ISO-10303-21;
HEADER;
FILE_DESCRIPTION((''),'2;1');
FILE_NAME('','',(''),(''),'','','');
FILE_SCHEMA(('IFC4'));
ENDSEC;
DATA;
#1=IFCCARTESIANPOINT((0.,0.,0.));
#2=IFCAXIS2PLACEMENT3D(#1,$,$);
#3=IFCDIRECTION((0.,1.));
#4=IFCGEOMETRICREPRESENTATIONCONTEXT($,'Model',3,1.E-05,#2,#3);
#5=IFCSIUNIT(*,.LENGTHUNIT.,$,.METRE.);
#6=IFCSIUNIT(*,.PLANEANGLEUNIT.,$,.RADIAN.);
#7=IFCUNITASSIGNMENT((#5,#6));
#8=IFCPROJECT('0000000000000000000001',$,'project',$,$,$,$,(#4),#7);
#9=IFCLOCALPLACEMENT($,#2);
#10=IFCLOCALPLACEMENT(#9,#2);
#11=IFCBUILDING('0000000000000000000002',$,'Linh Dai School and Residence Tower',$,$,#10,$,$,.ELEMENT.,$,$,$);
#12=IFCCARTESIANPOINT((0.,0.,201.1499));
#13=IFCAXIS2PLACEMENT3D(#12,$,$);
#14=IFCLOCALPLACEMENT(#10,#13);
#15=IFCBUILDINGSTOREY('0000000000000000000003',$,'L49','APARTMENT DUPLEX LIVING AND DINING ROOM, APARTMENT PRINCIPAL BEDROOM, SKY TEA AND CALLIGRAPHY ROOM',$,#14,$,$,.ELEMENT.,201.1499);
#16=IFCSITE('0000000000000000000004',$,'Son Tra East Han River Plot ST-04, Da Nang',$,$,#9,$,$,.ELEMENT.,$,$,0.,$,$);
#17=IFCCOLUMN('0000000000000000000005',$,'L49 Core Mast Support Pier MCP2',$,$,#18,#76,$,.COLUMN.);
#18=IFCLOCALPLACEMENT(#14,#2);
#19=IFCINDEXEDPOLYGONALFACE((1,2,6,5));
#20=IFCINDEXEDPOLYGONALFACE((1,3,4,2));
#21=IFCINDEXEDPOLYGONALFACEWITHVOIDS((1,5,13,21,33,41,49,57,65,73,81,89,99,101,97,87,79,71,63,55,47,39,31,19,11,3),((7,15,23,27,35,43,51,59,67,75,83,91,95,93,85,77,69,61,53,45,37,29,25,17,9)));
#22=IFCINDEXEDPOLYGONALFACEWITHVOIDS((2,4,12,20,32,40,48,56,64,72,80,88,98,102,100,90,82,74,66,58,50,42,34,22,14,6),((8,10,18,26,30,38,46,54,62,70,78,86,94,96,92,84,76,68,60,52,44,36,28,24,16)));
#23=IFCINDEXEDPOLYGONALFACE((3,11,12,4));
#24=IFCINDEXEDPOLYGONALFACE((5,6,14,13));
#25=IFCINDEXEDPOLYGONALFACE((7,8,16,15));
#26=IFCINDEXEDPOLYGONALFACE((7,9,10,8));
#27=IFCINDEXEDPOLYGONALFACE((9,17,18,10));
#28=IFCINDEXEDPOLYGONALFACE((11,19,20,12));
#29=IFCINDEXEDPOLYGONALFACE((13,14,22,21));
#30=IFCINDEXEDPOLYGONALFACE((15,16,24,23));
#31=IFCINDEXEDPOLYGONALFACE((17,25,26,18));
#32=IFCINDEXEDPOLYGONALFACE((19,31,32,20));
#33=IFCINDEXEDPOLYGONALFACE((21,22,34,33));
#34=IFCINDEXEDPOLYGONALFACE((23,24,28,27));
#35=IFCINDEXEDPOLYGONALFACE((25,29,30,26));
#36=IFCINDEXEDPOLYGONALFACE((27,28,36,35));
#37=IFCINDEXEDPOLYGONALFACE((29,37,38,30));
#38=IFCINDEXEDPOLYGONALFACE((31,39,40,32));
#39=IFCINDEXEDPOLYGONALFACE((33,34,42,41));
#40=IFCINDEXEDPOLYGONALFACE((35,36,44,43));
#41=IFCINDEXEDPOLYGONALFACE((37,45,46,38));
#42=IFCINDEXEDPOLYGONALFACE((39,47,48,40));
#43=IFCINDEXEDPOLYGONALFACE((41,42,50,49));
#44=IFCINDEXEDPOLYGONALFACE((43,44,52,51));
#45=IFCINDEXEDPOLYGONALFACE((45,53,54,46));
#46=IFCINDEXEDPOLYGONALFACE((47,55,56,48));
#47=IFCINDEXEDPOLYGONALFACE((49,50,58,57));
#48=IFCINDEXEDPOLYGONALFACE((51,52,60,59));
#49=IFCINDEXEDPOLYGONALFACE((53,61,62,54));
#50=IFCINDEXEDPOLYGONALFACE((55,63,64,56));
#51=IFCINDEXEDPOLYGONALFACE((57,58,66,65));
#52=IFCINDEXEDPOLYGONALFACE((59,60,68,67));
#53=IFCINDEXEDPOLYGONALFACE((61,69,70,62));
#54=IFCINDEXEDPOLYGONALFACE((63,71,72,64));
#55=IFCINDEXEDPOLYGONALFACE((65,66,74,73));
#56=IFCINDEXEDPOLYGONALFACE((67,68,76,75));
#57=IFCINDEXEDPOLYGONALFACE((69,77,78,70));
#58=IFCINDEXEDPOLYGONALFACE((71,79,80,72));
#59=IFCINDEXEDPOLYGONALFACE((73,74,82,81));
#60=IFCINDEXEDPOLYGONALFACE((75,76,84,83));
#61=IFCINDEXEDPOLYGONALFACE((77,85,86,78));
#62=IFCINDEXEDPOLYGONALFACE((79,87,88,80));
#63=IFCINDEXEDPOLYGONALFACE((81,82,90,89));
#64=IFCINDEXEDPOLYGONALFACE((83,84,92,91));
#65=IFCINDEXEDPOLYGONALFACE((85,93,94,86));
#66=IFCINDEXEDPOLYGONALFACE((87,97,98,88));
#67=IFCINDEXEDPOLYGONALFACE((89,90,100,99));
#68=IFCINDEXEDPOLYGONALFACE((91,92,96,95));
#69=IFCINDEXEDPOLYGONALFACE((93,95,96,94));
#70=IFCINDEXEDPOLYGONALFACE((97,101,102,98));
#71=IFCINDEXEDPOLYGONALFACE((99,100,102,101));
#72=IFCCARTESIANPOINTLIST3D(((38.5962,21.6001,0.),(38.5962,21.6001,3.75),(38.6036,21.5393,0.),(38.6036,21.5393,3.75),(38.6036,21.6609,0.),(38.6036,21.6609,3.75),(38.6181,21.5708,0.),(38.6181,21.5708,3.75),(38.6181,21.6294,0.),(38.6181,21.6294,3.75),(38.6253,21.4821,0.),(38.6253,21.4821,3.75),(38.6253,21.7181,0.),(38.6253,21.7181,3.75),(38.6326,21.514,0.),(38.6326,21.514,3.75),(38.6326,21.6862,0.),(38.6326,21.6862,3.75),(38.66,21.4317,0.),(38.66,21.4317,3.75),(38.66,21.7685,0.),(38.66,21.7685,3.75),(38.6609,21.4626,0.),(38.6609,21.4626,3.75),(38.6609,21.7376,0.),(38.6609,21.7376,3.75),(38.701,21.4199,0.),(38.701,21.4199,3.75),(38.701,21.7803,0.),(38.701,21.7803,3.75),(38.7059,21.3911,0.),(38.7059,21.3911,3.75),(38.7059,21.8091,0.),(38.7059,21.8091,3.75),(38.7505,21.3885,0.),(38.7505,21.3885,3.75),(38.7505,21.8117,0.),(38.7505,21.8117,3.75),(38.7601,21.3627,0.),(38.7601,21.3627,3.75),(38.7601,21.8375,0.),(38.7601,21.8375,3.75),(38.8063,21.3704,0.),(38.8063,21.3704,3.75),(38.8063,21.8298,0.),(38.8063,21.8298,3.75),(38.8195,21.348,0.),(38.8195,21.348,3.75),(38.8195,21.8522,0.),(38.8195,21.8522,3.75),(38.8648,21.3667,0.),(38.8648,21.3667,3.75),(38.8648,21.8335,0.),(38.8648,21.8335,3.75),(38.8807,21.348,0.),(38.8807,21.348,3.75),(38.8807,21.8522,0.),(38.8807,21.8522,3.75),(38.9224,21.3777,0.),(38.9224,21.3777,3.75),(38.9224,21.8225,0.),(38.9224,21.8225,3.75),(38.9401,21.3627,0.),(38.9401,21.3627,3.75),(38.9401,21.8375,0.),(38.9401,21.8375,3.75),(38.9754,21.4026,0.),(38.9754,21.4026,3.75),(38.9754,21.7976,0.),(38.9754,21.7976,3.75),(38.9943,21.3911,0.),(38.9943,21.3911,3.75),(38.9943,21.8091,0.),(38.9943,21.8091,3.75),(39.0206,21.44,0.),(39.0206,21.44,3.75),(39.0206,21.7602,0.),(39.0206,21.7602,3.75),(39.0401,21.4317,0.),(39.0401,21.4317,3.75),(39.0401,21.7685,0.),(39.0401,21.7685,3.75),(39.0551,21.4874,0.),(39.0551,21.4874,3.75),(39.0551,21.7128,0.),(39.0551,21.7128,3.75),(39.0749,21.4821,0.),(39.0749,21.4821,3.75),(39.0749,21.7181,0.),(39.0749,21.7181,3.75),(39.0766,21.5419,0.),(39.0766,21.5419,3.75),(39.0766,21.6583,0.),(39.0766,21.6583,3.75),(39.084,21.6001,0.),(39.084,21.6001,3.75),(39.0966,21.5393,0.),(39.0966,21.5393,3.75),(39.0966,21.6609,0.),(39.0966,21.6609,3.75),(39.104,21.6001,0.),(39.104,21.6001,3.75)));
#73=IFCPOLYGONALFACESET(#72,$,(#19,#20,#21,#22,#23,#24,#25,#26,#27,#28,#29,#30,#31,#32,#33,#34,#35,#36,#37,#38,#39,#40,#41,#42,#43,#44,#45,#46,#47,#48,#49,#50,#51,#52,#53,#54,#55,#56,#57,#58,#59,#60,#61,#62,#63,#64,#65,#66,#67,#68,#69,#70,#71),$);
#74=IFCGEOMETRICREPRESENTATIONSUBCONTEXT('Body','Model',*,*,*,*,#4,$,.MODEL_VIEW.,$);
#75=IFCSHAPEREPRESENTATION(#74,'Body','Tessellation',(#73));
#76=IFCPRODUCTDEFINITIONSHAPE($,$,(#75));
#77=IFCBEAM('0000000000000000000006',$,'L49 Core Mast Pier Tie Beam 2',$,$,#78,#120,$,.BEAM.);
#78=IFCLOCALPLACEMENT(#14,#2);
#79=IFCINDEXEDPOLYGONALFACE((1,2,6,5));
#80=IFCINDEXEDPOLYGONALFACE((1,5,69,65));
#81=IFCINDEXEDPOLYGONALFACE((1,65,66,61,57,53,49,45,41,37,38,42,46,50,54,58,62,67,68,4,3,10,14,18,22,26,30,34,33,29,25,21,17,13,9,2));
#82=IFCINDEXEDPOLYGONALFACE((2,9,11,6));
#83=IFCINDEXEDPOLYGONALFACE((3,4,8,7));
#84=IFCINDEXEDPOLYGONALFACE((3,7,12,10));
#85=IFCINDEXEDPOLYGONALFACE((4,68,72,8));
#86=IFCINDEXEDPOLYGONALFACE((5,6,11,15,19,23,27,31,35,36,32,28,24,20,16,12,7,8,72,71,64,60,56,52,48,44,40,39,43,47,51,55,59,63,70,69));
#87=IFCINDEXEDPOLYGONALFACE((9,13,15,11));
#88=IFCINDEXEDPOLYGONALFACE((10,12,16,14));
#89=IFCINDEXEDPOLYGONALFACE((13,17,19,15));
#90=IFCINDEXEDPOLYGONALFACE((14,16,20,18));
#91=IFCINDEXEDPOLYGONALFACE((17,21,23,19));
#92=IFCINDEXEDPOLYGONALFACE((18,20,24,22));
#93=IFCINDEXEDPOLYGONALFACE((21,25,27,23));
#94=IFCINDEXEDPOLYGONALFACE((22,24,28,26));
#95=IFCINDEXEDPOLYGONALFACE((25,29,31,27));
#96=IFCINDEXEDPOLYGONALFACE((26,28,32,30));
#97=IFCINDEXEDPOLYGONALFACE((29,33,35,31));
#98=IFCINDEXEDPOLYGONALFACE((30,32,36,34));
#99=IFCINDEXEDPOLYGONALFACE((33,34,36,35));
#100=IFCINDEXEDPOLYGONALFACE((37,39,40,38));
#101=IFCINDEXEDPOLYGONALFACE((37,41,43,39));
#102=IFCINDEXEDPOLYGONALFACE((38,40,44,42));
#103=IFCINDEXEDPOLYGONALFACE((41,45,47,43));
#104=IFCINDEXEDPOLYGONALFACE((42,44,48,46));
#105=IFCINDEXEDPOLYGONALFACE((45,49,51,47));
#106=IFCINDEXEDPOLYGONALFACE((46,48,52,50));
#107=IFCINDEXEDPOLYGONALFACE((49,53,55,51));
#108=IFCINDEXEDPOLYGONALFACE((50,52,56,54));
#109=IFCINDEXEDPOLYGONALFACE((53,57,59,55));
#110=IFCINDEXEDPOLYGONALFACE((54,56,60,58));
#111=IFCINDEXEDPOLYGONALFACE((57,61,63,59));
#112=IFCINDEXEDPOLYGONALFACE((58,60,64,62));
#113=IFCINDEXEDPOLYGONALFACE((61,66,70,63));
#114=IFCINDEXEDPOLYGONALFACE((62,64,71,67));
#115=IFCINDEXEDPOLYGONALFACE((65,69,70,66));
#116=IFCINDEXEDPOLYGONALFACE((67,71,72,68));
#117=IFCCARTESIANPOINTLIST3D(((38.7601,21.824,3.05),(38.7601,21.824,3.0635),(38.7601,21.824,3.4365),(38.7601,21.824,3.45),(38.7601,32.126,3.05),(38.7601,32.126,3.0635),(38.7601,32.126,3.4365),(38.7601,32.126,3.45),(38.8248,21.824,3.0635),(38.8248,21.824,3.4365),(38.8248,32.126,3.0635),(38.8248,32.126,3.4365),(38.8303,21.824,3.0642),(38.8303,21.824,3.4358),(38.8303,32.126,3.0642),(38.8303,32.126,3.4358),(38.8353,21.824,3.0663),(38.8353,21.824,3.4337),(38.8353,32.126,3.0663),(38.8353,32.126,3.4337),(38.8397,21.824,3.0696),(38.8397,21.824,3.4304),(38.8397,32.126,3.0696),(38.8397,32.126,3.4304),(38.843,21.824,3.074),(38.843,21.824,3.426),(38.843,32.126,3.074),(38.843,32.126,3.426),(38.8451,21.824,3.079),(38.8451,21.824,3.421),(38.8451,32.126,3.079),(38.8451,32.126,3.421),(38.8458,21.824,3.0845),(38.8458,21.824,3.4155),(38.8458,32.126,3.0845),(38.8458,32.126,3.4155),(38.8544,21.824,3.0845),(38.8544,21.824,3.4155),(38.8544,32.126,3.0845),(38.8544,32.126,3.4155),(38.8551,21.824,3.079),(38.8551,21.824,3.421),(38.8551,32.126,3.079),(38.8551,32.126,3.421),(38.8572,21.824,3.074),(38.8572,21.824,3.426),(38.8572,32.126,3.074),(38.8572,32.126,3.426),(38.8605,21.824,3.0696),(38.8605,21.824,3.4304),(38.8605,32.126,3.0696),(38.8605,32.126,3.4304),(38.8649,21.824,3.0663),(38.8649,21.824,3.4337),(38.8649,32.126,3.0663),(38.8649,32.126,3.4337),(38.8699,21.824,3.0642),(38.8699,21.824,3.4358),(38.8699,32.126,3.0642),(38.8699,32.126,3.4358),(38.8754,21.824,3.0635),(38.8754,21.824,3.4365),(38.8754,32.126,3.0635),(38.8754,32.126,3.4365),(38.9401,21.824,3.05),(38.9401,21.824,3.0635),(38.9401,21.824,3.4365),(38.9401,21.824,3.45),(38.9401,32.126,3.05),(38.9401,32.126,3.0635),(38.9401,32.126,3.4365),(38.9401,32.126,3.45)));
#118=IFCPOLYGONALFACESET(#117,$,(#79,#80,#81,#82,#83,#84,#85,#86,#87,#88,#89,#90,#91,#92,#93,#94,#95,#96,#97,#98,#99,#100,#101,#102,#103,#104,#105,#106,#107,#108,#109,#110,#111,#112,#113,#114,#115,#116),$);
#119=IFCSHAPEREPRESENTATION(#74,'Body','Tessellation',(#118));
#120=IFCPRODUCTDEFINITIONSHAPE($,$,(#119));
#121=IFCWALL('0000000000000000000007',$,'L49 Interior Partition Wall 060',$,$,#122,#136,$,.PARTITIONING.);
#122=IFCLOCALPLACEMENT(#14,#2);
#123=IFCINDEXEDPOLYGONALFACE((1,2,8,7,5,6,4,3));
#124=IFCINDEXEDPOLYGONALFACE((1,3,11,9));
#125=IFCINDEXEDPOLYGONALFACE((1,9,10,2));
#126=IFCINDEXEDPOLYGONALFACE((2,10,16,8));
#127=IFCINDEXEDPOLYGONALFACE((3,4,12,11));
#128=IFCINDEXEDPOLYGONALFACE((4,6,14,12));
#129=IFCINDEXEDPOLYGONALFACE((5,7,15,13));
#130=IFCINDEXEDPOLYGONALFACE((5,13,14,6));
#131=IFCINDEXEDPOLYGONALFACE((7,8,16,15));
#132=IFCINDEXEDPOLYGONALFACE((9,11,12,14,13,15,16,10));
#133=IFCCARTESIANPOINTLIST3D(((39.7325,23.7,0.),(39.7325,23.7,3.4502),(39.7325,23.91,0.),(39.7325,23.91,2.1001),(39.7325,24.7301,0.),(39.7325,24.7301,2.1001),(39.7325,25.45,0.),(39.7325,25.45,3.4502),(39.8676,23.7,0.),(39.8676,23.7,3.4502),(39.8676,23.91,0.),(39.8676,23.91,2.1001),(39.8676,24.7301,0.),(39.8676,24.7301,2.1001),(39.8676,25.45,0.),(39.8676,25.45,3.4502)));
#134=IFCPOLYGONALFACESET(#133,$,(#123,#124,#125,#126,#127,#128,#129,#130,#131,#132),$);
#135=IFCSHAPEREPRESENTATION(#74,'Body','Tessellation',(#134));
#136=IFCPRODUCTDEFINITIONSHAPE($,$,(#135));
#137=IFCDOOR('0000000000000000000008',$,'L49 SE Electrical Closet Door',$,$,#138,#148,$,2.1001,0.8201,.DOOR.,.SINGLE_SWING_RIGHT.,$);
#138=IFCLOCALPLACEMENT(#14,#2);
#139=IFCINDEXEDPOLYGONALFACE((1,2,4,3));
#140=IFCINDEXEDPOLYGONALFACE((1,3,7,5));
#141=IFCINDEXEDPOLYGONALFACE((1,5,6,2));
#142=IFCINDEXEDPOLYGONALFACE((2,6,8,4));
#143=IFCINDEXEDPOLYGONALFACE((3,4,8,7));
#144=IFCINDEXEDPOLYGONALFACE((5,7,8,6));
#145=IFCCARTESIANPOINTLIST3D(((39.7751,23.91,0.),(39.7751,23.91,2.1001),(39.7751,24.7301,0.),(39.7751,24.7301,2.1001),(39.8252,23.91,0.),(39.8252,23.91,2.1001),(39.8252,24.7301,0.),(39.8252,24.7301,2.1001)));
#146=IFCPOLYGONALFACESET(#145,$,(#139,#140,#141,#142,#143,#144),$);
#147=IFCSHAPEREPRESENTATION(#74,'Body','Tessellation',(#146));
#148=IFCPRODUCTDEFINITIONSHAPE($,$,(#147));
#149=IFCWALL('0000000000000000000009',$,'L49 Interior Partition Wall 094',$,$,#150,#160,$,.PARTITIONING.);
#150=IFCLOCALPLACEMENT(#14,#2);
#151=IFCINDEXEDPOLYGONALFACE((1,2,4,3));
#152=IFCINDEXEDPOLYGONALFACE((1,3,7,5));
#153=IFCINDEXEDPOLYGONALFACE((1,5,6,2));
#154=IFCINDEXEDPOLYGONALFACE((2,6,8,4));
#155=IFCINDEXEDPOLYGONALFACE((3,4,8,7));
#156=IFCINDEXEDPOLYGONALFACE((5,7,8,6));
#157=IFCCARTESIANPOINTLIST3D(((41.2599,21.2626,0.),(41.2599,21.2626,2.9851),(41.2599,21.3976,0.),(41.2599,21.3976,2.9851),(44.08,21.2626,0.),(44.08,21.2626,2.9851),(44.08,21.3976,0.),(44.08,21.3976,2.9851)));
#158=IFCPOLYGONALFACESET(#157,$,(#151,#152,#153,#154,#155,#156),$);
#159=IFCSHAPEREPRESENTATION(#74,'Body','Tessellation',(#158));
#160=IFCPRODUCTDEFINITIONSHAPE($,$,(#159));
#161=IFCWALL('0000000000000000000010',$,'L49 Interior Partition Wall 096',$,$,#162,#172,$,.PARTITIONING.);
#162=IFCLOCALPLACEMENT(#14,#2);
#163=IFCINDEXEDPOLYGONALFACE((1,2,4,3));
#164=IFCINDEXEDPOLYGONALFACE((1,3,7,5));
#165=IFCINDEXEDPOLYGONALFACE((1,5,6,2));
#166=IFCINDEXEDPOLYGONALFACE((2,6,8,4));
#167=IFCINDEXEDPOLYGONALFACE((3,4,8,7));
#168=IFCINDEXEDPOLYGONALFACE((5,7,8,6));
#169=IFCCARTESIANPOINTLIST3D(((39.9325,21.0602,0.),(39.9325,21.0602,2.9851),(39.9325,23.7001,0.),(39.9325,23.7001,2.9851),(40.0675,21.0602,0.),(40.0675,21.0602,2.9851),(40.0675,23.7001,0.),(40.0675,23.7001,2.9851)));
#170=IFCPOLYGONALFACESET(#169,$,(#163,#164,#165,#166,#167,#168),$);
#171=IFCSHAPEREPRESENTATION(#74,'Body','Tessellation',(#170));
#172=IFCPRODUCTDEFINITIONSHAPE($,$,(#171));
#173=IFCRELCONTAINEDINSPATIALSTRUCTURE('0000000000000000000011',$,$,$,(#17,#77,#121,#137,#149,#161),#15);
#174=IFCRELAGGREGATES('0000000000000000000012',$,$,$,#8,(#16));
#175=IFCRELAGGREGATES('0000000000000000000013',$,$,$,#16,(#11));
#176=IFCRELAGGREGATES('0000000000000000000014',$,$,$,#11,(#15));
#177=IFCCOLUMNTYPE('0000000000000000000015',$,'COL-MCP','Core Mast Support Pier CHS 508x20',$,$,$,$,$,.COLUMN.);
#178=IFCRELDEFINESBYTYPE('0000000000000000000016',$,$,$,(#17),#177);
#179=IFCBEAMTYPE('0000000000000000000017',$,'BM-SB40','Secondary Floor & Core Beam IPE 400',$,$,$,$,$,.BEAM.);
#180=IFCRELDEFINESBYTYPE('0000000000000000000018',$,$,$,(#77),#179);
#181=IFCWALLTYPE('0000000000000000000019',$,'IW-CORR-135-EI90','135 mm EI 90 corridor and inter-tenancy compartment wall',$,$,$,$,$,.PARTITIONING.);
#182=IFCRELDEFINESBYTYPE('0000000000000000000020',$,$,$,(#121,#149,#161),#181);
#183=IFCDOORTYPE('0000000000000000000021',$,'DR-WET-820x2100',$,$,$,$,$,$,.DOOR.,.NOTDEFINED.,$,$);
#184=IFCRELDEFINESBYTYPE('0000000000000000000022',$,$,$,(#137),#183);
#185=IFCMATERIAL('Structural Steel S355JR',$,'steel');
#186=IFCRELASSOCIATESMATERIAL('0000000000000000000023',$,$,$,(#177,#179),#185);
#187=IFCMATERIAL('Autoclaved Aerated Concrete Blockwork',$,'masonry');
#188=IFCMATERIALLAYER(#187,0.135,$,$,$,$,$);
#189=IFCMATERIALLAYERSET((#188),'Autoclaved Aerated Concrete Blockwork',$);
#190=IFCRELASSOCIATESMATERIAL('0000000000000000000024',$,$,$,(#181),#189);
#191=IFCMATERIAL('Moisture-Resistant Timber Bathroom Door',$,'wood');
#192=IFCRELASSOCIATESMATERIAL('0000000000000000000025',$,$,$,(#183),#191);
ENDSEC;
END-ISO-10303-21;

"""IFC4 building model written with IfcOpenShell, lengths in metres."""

from ifc_helpers import new_model, si_unit, direction, frame, frame_2d, origin, origin_2d, place, context, subcontext, project, spatial, rectangle, hollow_circle, i_section, extrude, source, transform, mapped, material, layer, layer_set, material_profile, profile_set, type_object, element, fill, save


model = new_model("IFC4")

# Units and contexts
model_context = context("Model", 3, precision=1e-05, world=origin(), true_north=direction((0.0, 1.0)))
body_context = subcontext(model_context, "Body", "Model", "MODEL_VIEW")
ifc_project = project(units=[si_unit("LENGTHUNIT", "METRE"), si_unit("PLANEANGLEUNIT", "RADIAN")], contexts=[model_context])

# Site, building, storey
site_placement = place(None, origin())
site = spatial("IfcSite", under=ifc_project, at=site_placement, Name="Son Tra East Han River Plot ST-04, Da Nang", CompositionType="ELEMENT", RefElevation=0.0)
building_placement = place(site_placement, origin())
building = spatial("IfcBuilding", under=site, at=building_placement, Name="Linh Dai School and Residence Tower", CompositionType="ELEMENT")
storey_placement = place(building_placement, frame((0.0, 0.0, 201.1499)))
storey = spatial("IfcBuildingStorey", under=building, at=storey_placement, Name="L49", Description="APARTMENT DUPLEX LIVING AND DINING ROOM, APARTMENT PRINCIPAL BEDROOM, SKY TEA AND CALLIGRAPHY ROOM", CompositionType="ELEMENT", Elevation=201.1499)

# Column
ifc_material_1 = material(Name="Structural Steel S355JR", Category="steel")
ifc_material_profile_1 = material_profile(ifc_material_1, hollow_circle(Radius=0.2539, WallThickness=0.02, at=origin_2d()), Name="CHS 508x20")
ifc_profile_set_1 = profile_set([ifc_material_profile_1], Name="Structural Steel S355JR")
column_type_1 = type_object("IfcColumnType", Name="COL-MCP", Description="Core Mast Support Pier CHS 508x20", PredefinedType="COLUMN", material=ifc_profile_set_1)
column_placement = place(storey_placement, frame((38.8501, 21.6001, 0.0), z_axis=(0.0, 0.0, 1.0), x_axis=(1.0, 0.0, 0.0)))
element("IfcColumn", 1, at=column_placement, inside=storey, type_object=column_type_1, Name="L49 Core Mast Support Pier MCP2", PredefinedType="COLUMN", context=body_context, shape_type="SweptSolid", body=[
    extrude(hollow_circle(Radius=0.2539, WallThickness=0.02, at=origin_2d()), origin(), (0.0, 0.0, 1.0), 3.75),
])

# Beam
ifc_material_profile_2 = material_profile(ifc_material_1, i_section(OverallWidth=0.1799, OverallDepth=0.3999, WebThickness=0.0085, FlangeThickness=0.0134, FilletRadius=0.021, at=origin_2d()), Name="IPE 400")
ifc_profile_set_2 = profile_set([ifc_material_profile_2], Name="Structural Steel S355JR")
beam_type = type_object("IfcBeamType", Name="BM-SB40", Description="Secondary Floor & Core Beam IPE 400", PredefinedType="BEAM", material=ifc_profile_set_2)
beam_placement = place(storey_placement, frame((38.8501, 21.824, 3.25), z_axis=(0.0, 1.0, 0.0), x_axis=(-1.0, 0.0, 0.0)))
element("IfcBeam", 2, at=beam_placement, inside=storey, type_object=beam_type, Name="L49 Core Mast Pier Tie Beam 2", PredefinedType="BEAM", context=body_context, shape_type="SweptSolid", body=[
    extrude(i_section(OverallWidth=0.1799, OverallDepth=0.3999, WebThickness=0.0085, FlangeThickness=0.0134, FilletRadius=0.021, at=origin_2d()), origin(), (0.0, 0.0, 1.0), 10.302),
])

# Wall, opening, door
ifc_material_2 = material(Name="Autoclaved Aerated Concrete Blockwork", Category="masonry")
ifc_layer_1 = layer(ifc_material_2, 0.135)
ifc_layer_set_1 = layer_set([ifc_layer_1], Name="Autoclaved Aerated Concrete Blockwork")
wall_type_1 = type_object("IfcWallType", Name="IW-CORR-135-EI90", Description="135 mm EI 90 corridor and inter-tenancy compartment wall", PredefinedType="PARTITIONING", material=ifc_layer_set_1)
wall_1_placement = place(storey_placement, frame((39.8, 23.7, 0.0), z_axis=(0.0, 0.0, 1.0), x_axis=(0.0, 1.0, 0.0)))
wall_1 = element("IfcWall", 3, at=wall_1_placement, inside=storey, type_object=wall_type_1, Name="L49 Interior Partition Wall 060", PredefinedType="PARTITIONING", context=body_context, shape_type="SweptSolid", body=[
    extrude(rectangle(XDim=1.75, YDim=0.135, at=frame_2d((0.875, 0.0))), origin(), (0.0, 0.0, 1.0), 3.4502),
])
opening_1_placement = place(wall_1_placement, frame((0.21, 0.0, 0.0)))
opening_1 = element("IfcOpeningElement", 4, at=opening_1_placement, cuts=wall_1, PredefinedType="OPENING", context=body_context, shape_type="SweptSolid", body=[
    extrude(rectangle(XDim=0.8201, YDim=2.1001, at=origin_2d()), frame((0.4102, 0.0776, 1.05), z_axis=(0.0, -1.0, 0.0), x_axis=(1.0, 0.0, 0.0)), (0.0, 0.0, 1.0), 0.155),
])
ifc_material_3 = material(Name="Moisture-Resistant Timber Bathroom Door", Category="wood")
door_type_1 = type_object("IfcDoorType", Name="DR-WET-820x2100", OperationType="NOTDEFINED", PredefinedType="DOOR", material=ifc_material_3)
shared_shape_1 = source(origin(), body_context, "Body", "SweptSolid", [
    extrude(rectangle(XDim=0.8201, YDim=2.1001, at=origin_2d()), frame((0.4102, 0.0249, 1.05), z_axis=(0.0, -1.0, 0.0), x_axis=(1.0, 0.0, 0.0)), (0.0, 0.0, 1.0), 0.05),
])
door_1_placement = place(opening_1_placement, origin())
door_1 = element("IfcDoor", 5, at=door_1_placement, inside=storey, type_object=door_type_1, Name="L49 SE Electrical Closet Door", OperationType="SINGLE_SWING_RIGHT", OverallHeight=2.1001, OverallWidth=0.8201, PredefinedType="DOOR", context=body_context, shape_type="MappedRepresentation", body=[
    mapped(shared_shape_1, transform((0.0, 0.0, 0.0), x_axis=(1.0, 0.0, 0.0), y_axis=(0.0, 1.0, 0.0), z_axis=(0.0, 0.0, 1.0), scale=1.0)),
])
fill(opening_1, door_1)

# Walls
wall_2_placement = place(storey_placement, frame((44.0801, 21.3301, 0.0), z_axis=(0.0, 0.0, 1.0), x_axis=(-1.0, 0.0, 0.0)))
element("IfcWall", 6, at=wall_2_placement, inside=storey, type_object=wall_type_1, Name="L49 Interior Partition Wall 094", PredefinedType="PARTITIONING", context=body_context, shape_type="SweptSolid", body=[
    extrude(rectangle(XDim=2.8201, YDim=0.135, at=frame_2d((1.4102, 0.0))), origin(), (0.0, 0.0, 1.0), 2.9851),
])
wall_3_placement = place(storey_placement, frame((40.0, 23.7, 0.0), z_axis=(0.0, 0.0, 1.0), x_axis=(0.0, -1.0, 0.0)))
element("IfcWall", 7, at=wall_3_placement, inside=storey, type_object=wall_type_1, Name="L49 Interior Partition Wall 096", PredefinedType="PARTITIONING", context=body_context, shape_type="SweptSolid", body=[
    extrude(rectangle(XDim=2.6399, YDim=0.135, at=frame_2d((1.3198, 0.0))), origin(), (0.0, 0.0, 1.0), 2.9851),
])

save(model, "model.ifc")
